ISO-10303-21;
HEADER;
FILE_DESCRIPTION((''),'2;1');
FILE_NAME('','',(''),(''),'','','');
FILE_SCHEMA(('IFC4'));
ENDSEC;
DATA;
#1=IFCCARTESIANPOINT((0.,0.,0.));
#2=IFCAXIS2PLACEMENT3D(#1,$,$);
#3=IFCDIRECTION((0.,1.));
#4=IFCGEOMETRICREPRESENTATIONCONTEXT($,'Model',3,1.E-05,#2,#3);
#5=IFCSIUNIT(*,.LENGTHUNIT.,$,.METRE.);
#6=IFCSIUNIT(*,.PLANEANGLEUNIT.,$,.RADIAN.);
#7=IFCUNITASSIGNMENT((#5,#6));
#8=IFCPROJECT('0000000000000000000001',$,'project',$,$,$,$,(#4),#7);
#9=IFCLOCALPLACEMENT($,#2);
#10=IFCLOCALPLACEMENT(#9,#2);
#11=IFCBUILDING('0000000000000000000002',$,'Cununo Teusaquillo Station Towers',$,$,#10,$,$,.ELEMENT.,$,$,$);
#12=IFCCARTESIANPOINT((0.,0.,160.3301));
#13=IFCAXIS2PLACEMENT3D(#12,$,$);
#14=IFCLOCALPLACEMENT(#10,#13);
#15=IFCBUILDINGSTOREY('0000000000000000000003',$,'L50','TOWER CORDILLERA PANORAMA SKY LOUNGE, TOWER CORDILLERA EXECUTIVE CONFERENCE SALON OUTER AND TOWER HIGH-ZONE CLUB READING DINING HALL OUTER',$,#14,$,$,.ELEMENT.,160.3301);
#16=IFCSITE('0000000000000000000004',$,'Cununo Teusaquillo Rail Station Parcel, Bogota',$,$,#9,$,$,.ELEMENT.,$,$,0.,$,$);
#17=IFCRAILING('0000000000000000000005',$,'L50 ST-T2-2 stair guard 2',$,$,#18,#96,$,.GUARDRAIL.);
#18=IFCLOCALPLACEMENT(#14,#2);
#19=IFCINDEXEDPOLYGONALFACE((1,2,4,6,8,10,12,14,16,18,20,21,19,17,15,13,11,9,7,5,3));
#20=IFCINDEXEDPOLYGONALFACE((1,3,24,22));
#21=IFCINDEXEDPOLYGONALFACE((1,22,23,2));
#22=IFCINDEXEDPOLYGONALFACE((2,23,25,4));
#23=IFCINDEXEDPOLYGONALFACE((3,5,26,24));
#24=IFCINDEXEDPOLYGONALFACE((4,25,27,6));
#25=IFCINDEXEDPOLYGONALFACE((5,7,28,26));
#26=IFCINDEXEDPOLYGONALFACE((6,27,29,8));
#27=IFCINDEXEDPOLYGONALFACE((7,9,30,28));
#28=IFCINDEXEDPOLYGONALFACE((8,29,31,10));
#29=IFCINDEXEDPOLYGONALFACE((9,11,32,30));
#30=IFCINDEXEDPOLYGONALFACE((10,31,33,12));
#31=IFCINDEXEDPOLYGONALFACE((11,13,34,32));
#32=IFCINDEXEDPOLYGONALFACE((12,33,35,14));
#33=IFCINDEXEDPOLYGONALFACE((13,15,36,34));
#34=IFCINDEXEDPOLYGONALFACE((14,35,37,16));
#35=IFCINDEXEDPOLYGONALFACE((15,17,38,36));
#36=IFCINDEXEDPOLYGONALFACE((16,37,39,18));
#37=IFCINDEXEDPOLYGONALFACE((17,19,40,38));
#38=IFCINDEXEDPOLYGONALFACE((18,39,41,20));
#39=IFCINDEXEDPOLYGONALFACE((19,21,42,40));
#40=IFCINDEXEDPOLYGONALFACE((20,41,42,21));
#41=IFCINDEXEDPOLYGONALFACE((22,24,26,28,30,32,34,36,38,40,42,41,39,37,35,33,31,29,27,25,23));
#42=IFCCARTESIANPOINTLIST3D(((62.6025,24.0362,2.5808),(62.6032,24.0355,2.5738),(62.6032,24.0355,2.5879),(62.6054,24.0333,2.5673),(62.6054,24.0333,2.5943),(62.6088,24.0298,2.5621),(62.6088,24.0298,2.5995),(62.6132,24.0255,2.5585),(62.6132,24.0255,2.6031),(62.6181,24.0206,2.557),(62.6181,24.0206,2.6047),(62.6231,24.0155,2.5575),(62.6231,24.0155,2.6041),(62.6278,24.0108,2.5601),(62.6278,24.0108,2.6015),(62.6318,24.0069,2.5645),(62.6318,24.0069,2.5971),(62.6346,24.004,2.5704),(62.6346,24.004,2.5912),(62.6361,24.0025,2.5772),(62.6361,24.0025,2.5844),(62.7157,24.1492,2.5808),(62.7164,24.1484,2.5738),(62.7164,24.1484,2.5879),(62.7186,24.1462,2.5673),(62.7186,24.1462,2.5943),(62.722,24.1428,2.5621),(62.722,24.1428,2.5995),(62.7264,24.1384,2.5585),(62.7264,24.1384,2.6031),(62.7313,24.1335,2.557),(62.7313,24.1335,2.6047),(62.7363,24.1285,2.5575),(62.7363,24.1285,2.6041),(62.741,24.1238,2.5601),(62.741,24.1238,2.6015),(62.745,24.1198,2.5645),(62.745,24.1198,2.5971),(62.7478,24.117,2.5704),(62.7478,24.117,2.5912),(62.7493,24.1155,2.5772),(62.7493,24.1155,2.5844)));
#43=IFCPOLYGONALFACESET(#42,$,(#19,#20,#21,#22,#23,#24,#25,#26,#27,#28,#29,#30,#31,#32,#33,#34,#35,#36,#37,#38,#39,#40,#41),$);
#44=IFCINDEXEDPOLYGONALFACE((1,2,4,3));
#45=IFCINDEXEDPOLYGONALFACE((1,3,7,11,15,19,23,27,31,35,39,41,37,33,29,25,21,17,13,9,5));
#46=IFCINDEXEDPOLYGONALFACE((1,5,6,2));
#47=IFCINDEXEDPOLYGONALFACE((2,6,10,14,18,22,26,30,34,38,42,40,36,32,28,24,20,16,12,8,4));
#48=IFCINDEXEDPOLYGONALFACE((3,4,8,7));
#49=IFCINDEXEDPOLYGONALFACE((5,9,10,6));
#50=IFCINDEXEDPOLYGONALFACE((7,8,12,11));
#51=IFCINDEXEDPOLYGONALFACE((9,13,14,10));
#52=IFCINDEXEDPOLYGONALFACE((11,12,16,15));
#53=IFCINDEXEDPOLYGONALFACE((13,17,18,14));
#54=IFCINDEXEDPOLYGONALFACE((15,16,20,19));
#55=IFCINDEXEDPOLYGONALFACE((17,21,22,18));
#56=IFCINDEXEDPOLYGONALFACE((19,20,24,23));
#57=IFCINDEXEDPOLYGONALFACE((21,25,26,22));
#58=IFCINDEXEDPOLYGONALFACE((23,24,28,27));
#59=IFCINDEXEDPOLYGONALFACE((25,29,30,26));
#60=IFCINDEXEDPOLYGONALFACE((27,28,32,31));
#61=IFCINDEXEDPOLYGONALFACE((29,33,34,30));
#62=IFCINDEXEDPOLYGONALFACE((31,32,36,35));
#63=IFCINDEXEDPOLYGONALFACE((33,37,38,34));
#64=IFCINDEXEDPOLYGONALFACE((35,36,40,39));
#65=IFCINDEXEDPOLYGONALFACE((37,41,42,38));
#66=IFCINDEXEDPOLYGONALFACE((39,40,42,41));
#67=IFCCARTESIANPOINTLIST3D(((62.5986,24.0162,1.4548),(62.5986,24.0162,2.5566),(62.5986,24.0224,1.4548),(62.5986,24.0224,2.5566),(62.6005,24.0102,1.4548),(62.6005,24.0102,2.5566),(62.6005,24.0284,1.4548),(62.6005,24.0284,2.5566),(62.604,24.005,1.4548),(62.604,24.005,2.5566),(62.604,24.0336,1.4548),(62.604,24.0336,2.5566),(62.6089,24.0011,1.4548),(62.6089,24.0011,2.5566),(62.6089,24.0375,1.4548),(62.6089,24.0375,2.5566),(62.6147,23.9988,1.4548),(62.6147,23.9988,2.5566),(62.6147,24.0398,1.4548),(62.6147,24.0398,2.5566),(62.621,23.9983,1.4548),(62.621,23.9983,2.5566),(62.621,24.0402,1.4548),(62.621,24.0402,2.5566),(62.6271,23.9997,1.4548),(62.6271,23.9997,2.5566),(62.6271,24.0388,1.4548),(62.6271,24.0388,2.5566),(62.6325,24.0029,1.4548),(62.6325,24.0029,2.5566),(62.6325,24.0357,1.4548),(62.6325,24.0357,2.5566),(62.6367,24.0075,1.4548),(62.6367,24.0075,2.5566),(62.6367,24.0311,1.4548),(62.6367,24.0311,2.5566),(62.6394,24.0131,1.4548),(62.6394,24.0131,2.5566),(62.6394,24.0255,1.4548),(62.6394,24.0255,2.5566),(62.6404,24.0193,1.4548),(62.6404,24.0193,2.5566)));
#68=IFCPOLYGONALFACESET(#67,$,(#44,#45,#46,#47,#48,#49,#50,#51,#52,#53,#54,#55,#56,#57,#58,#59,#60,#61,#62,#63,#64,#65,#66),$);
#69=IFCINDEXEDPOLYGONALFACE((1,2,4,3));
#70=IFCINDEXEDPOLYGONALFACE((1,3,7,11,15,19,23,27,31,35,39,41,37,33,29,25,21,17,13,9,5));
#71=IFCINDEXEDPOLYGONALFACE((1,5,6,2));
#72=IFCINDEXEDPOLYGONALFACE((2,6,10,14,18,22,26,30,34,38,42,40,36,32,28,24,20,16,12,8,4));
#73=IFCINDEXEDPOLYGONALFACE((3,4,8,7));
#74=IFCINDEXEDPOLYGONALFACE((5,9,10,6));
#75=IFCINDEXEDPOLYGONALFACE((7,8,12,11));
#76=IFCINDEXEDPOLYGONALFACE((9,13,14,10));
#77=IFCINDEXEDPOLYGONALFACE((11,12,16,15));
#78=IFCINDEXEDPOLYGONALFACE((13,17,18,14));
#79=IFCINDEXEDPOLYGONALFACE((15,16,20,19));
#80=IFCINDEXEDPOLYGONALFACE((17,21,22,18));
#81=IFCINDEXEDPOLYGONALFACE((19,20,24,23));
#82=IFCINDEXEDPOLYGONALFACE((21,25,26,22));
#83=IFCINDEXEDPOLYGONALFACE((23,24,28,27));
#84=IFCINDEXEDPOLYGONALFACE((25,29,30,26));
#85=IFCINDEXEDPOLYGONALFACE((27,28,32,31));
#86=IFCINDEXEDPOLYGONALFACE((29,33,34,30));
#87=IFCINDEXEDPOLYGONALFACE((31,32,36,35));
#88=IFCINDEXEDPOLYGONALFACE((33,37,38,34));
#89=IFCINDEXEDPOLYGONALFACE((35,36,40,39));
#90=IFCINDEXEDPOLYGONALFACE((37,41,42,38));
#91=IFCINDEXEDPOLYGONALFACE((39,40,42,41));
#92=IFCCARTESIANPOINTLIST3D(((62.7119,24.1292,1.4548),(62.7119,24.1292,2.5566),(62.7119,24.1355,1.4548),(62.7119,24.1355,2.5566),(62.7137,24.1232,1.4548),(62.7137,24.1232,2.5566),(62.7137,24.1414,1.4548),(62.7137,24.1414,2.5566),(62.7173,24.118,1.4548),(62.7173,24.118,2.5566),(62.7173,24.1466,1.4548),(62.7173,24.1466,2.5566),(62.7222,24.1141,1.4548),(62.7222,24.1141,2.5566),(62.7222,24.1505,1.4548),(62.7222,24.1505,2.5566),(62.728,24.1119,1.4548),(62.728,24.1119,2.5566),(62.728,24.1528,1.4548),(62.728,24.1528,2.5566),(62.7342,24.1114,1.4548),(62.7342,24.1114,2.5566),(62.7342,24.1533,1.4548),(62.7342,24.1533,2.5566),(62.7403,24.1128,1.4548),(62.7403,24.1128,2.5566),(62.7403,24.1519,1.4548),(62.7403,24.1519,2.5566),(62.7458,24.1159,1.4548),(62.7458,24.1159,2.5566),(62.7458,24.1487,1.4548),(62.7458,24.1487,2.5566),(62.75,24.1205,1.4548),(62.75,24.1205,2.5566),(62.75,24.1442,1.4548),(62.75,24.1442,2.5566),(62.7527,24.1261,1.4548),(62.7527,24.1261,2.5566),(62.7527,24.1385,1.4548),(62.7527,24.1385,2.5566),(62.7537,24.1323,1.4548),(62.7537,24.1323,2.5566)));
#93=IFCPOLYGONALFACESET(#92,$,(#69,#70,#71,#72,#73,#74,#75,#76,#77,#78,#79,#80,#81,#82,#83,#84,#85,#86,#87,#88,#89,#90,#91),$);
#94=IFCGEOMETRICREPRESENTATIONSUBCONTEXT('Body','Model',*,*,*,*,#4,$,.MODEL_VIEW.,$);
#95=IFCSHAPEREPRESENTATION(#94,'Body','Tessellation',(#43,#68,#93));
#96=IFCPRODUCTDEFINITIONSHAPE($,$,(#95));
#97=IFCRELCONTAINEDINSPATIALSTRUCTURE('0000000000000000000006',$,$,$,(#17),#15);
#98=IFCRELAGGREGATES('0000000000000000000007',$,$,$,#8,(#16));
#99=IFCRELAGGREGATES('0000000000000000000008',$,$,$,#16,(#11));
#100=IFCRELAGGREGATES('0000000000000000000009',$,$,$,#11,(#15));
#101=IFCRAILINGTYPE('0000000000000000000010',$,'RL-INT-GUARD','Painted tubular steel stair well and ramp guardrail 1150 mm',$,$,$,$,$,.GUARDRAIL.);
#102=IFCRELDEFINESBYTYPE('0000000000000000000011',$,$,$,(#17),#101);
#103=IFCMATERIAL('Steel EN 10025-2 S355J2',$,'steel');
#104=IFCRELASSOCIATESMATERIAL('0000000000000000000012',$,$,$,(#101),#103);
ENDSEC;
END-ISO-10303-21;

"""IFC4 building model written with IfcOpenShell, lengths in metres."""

from ifc_helpers import new_model, si_unit, direction, frame, origin, origin_2d, place, context, subcontext, project, spatial, circle, extrude, material, type_object, element, save


model = new_model("IFC4")

# Units and contexts
model_context = context("Model", 3, precision=1e-05, world=origin(), true_north=direction((0.0, 1.0)))
body_context = subcontext(model_context, "Body", "Model", "MODEL_VIEW")
ifc_project = project(units=[si_unit("LENGTHUNIT", "METRE"), si_unit("PLANEANGLEUNIT", "RADIAN")], contexts=[model_context])

# Site, building, storey
site_placement = place(None, origin())
site = spatial("IfcSite", under=ifc_project, at=site_placement, Name="Cununo Teusaquillo Rail Station Parcel, Bogota", CompositionType="ELEMENT", RefElevation=0.0)
building_placement = place(site_placement, origin())
building = spatial("IfcBuilding", under=site, at=building_placement, Name="Cununo Teusaquillo Station Towers", CompositionType="ELEMENT")
storey_placement = place(building_placement, frame((0.0, 0.0, 160.3301)))
storey = spatial("IfcBuildingStorey", under=building, at=storey_placement, Name="L50", Description="TOWER CORDILLERA PANORAMA SKY LOUNGE, TOWER CORDILLERA EXECUTIVE CONFERENCE SALON OUTER AND TOWER HIGH-ZONE CLUB READING DINING HALL OUTER", CompositionType="ELEMENT", Elevation=160.3301)

# Railing
ifc_material_1 = material(Name="Steel EN 10025-2 S355J2", Category="steel")
railing_type_1 = type_object("IfcRailingType", Name="RL-INT-GUARD", Description="Painted tubular steel stair well and ramp guardrail 1150 mm", PredefinedType="GUARDRAIL", material=ifc_material_1)
railing_1_placement = place(storey_placement, frame((62.6194, 24.0193, 1.4548)))
element("IfcRailing", 1, at=railing_1_placement, inside=storey, type_object=railing_type_1, Name="L50 ST-T2-2 stair guard 2", PredefinedType="GUARDRAIL", context=body_context, shape_type="SweptSolid", body=[
    extrude(circle(Radius=0.0239, at=origin_2d()), frame((0.0, 0.0, 1.126), z_axis=(0.707869, 0.706344, 0.0), x_axis=(-0.706344, 0.707869, 0.0)), (0.0, 0.0, 1.0), 0.1599),
    extrude(circle(Radius=0.021, at=origin_2d()), origin(), (0.0, 0.0, 1.0), 1.1018),
    extrude(circle(Radius=0.021, at=origin_2d()), frame((0.1133, 0.113, 0.0)), (0.0, 0.0, 1.0), 1.1018),
])

save(model, "model.ifc")
